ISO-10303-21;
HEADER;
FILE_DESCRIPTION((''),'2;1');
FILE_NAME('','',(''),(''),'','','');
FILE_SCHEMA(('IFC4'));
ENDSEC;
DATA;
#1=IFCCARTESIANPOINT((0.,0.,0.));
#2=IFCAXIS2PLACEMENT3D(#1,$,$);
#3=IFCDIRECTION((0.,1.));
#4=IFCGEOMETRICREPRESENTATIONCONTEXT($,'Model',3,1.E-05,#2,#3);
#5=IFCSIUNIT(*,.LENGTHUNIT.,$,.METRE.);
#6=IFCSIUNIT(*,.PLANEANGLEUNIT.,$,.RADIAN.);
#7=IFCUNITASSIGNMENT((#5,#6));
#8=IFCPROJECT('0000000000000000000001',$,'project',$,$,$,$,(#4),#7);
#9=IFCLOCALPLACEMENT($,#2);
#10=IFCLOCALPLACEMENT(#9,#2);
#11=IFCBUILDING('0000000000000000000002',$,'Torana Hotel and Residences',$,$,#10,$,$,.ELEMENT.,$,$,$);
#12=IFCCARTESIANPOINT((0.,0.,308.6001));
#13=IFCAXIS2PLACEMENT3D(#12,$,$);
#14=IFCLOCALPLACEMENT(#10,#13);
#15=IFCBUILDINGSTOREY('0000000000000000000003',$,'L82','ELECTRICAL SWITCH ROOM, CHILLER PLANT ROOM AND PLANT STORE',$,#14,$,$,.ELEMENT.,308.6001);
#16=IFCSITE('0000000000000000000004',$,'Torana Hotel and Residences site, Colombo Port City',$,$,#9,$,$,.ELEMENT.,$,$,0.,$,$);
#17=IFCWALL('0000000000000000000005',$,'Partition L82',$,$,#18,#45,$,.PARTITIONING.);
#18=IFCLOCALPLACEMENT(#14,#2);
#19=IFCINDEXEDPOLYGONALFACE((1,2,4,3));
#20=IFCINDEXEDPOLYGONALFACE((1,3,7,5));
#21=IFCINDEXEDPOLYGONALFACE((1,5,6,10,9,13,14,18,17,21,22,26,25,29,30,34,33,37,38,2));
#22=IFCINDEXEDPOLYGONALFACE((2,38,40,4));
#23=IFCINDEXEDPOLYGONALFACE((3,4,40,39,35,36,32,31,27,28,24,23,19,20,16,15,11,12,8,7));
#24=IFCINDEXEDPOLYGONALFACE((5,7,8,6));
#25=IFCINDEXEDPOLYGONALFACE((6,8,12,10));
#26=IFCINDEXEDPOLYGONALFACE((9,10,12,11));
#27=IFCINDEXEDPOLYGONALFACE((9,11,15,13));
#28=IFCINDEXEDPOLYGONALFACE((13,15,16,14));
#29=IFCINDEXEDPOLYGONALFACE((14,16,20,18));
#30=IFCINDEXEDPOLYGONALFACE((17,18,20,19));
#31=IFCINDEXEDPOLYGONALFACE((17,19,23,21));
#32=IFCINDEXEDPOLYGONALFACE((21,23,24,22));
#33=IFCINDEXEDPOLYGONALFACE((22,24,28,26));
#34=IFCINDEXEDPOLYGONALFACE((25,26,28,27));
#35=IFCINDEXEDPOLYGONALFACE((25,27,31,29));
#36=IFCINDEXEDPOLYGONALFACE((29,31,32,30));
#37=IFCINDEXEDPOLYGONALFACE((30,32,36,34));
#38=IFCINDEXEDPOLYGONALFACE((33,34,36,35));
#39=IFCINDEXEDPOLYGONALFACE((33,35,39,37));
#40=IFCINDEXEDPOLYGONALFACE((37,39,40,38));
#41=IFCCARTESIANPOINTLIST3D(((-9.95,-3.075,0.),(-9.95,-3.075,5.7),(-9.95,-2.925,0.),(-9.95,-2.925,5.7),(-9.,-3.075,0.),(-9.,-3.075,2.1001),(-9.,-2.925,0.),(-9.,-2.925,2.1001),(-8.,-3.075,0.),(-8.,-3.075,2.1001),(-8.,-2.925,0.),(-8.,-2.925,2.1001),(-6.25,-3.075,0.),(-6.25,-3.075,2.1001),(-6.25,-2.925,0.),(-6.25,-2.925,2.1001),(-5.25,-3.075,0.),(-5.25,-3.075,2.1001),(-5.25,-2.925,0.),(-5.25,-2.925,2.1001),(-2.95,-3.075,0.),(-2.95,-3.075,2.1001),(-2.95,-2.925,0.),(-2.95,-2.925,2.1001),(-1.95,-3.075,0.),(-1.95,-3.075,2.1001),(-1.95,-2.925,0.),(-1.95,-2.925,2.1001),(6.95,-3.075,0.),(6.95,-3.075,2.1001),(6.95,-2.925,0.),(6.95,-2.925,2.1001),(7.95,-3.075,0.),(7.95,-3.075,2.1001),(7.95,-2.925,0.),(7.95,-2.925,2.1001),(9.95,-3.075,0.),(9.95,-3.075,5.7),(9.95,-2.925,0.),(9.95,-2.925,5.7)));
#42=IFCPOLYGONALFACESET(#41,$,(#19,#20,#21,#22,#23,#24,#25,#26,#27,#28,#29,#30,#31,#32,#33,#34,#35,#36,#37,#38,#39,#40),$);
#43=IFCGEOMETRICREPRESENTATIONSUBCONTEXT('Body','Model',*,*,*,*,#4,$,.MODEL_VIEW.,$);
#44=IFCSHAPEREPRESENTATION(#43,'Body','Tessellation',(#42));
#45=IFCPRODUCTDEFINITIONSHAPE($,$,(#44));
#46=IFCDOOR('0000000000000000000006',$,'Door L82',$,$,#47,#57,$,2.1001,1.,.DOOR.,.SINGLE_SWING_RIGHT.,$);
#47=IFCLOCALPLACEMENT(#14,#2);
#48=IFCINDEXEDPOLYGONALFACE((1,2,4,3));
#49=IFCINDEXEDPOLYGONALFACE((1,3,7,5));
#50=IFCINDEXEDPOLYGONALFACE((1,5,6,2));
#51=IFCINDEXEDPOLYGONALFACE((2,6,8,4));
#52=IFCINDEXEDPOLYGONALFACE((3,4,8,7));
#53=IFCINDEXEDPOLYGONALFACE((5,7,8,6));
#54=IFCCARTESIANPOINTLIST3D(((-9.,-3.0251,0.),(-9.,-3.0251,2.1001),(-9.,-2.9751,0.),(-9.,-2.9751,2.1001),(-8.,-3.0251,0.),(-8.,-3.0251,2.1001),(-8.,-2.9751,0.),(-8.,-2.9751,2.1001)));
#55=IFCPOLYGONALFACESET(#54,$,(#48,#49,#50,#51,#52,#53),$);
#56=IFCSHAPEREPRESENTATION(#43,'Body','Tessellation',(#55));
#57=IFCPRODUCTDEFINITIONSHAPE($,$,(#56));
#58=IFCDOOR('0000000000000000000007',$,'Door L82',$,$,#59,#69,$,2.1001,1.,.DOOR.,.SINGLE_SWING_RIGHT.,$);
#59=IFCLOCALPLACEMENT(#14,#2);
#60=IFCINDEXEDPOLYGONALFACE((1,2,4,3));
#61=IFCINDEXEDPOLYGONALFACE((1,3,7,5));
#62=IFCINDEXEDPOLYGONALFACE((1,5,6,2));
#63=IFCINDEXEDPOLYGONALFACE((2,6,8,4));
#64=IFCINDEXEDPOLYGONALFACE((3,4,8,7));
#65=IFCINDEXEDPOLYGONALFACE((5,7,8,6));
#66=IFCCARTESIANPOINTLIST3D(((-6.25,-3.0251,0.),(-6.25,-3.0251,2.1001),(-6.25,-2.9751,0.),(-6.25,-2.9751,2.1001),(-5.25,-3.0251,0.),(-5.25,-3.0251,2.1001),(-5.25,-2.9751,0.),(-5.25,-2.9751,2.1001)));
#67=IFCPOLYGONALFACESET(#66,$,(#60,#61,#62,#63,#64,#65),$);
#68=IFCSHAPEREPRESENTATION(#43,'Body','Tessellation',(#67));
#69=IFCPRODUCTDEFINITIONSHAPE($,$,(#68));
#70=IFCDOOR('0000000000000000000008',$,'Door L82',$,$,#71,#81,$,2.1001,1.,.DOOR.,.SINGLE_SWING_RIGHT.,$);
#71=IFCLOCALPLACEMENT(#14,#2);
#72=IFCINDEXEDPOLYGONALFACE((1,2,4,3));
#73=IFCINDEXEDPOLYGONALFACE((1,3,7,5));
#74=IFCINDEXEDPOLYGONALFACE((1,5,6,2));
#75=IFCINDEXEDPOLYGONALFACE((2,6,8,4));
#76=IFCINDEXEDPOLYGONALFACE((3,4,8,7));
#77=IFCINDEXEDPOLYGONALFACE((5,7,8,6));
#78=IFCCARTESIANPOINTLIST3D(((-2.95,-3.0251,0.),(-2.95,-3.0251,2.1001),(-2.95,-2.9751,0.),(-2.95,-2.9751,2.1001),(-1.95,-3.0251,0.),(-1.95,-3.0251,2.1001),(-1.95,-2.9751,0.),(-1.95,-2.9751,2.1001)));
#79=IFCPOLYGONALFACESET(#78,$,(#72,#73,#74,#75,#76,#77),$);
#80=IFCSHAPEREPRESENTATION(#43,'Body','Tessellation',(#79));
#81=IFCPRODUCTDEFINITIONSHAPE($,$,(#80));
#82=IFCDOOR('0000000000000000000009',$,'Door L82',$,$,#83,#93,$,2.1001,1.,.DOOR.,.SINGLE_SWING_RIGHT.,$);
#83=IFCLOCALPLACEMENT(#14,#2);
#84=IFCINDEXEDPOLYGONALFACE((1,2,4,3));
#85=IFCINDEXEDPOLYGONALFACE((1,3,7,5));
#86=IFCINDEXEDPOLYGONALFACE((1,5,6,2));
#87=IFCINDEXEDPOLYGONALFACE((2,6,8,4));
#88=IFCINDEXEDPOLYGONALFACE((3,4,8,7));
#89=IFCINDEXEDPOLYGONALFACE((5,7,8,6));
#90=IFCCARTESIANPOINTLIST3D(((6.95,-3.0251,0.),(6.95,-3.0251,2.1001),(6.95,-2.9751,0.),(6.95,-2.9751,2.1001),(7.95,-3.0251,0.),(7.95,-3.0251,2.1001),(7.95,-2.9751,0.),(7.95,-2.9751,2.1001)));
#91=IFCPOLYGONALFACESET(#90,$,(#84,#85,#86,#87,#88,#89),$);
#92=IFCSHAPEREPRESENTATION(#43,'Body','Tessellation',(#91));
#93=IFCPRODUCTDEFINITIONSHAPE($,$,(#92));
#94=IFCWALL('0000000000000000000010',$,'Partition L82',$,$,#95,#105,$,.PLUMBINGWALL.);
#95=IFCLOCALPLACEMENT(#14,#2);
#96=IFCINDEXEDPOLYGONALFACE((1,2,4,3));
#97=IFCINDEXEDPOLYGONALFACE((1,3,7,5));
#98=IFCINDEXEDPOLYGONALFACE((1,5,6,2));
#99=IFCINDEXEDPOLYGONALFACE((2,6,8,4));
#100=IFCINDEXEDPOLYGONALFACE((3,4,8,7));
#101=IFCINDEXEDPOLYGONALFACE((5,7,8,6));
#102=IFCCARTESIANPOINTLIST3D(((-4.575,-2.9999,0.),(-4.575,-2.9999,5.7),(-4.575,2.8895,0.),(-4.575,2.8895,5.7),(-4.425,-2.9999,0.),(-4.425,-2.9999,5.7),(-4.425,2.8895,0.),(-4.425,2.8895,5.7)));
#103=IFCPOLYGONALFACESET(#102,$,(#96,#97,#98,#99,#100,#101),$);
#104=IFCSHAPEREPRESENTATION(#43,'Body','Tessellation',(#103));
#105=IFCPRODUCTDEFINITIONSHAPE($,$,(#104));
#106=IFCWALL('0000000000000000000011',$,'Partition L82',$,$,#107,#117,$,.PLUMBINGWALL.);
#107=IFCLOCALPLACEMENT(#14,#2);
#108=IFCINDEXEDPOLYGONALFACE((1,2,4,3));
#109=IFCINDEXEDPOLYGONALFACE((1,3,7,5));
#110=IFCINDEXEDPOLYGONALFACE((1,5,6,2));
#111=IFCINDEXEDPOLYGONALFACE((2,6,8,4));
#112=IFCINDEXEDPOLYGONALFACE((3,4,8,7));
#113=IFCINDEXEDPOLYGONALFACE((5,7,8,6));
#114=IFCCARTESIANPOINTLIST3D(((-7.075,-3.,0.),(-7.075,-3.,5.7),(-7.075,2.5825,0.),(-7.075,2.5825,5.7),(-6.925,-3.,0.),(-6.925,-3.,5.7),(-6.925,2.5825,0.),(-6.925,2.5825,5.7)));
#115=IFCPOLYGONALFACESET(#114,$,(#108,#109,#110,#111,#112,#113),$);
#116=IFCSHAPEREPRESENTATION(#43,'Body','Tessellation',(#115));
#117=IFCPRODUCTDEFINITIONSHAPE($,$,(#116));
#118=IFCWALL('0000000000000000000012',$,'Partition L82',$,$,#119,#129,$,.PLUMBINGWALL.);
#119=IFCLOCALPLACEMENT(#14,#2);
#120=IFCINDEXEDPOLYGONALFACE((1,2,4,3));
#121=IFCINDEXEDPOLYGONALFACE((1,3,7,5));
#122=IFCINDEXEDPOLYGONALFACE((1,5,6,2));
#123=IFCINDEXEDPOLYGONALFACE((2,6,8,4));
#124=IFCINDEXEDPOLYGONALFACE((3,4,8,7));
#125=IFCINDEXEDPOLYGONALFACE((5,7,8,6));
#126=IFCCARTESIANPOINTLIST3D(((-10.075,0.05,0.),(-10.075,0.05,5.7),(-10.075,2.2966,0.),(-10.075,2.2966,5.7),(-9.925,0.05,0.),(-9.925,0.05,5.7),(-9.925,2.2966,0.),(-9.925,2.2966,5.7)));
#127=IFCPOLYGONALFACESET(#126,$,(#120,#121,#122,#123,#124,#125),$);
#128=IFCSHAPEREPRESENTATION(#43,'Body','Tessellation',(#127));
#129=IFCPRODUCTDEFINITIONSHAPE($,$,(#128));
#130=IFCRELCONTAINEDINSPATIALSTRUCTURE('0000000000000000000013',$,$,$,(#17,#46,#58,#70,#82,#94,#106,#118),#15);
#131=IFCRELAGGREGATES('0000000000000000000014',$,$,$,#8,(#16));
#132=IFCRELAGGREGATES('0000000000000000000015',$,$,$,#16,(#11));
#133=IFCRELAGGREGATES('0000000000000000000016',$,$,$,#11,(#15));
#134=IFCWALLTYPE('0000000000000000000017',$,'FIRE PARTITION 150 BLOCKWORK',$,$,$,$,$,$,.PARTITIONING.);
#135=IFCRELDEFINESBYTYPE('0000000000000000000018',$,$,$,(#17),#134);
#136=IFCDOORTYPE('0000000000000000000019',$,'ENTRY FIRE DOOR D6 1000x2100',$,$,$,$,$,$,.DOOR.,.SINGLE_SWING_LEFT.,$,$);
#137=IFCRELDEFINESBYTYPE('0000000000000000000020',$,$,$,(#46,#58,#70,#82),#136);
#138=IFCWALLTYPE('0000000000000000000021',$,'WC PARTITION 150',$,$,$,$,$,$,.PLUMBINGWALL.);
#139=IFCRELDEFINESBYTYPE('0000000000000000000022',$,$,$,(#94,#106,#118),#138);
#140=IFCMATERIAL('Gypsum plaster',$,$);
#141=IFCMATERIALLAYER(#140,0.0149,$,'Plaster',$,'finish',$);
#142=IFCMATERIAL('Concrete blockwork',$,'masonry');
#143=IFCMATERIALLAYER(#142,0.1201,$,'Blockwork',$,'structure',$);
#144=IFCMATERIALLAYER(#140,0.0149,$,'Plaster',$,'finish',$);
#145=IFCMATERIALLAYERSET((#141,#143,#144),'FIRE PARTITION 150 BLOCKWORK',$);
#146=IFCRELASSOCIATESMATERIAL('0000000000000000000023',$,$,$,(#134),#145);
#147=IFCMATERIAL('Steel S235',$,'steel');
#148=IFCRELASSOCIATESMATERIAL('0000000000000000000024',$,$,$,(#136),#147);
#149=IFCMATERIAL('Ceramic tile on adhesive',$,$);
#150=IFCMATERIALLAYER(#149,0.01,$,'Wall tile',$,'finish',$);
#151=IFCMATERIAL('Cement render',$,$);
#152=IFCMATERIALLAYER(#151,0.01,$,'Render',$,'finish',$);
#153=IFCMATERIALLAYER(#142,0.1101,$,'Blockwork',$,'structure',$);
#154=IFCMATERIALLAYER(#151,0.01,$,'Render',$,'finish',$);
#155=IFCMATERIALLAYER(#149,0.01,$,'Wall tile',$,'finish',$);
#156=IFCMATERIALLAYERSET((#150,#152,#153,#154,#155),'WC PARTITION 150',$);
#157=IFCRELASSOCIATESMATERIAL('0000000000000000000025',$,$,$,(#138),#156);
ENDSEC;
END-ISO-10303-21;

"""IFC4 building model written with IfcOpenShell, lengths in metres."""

from ifc_helpers import new_model, si_unit, direction, frame, frame_2d, origin, place, context, subcontext, project, spatial, rectangle, extrude, material, layer, layer_set, type_object, element, fill, save


model = new_model("IFC4")

# Units and contexts
model_context = context("Model", 3, precision=1e-05, world=origin(), true_north=direction((0.0, 1.0)))
body_context = subcontext(model_context, "Body", "Model", "MODEL_VIEW")
ifc_project = project(units=[si_unit("LENGTHUNIT", "METRE"), si_unit("PLANEANGLEUNIT", "RADIAN")], contexts=[model_context])

# Site, building, storey
site_placement = place(None, origin())
site = spatial("IfcSite", under=ifc_project, at=site_placement, Name="Torana Hotel and Residences site, Colombo Port City", CompositionType="ELEMENT", RefElevation=0.0)
building_placement = place(site_placement, origin())
building = spatial("IfcBuilding", under=site, at=building_placement, Name="Torana Hotel and Residences", CompositionType="ELEMENT")
storey_placement = place(building_placement, frame((0.0, 0.0, 308.6001)))
storey = spatial("IfcBuildingStorey", under=building, at=storey_placement, Name="L82", Description="ELECTRICAL SWITCH ROOM, CHILLER PLANT ROOM AND PLANT STORE", CompositionType="ELEMENT", Elevation=308.6001)

# Wall, openings, doors
ifc_material_1 = material(Name="Gypsum plaster")
ifc_layer_1 = layer(ifc_material_1, 0.0149, Name="Plaster", Category="finish")
ifc_material_2 = material(Name="Concrete blockwork", Category="masonry")
ifc_layer_2 = layer(ifc_material_2, 0.1201, Name="Blockwork", Category="structure")
ifc_layer_3 = layer(ifc_material_1, 0.0149, Name="Plaster", Category="finish")
ifc_layer_set_1 = layer_set([ifc_layer_1, ifc_layer_2, ifc_layer_3], Name="FIRE PARTITION 150 BLOCKWORK")
wall_type_1 = type_object("IfcWallType", Name="FIRE PARTITION 150 BLOCKWORK", PredefinedType="PARTITIONING", material=ifc_layer_set_1)
ifc_material_3 = material(Name="Steel S235", Category="steel")
door_type = type_object("IfcDoorType", Name="ENTRY FIRE DOOR D6 1000x2100", OperationType="SINGLE_SWING_LEFT", PredefinedType="DOOR", material=ifc_material_3)
wall_1_placement = place(storey_placement, frame((-9.95, -3.0, 0.0), z_axis=(0.0, 0.0, 1.0), x_axis=(1.0, 0.0, 0.0)))
wall_1 = element("IfcWall", 1, at=wall_1_placement, inside=storey, type_object=wall_type_1, Name="Partition L82", PredefinedType="PARTITIONING", context=body_context, shape_type="SweptSolid", body=[
    extrude(rectangle(XDim=19.8999, YDim=0.1499, at=frame_2d((9.95, 0.0))), origin(), (0.0, 0.0, 1.0), 5.7),
])
opening_1_placement = place(wall_1_placement, frame((0.95, 0.0, 0.0)))
opening_1 = element("IfcOpeningElement", 2, at=opening_1_placement, cuts=wall_1, PredefinedType="OPENING", context=body_context, shape_type="SweptSolid", body=[
    extrude(rectangle(XDim=1.0, YDim=2.1001, at=frame_2d((0.5, 1.05))), frame((0.0, 0.085, 0.0), z_axis=(0.0, -1.0, 0.0), x_axis=(1.0, 0.0, 0.0)), (0.0, 0.0, 1.0), 0.1699),
])
opening_2_placement = place(wall_1_placement, frame((3.7, 0.0, 0.0)))
opening_2 = element("IfcOpeningElement", 3, at=opening_2_placement, cuts=wall_1, PredefinedType="OPENING", context=body_context, shape_type="SweptSolid", body=[
    extrude(rectangle(XDim=1.0, YDim=2.1001, at=frame_2d((0.5, 1.05))), frame((0.0, 0.085, 0.0), z_axis=(0.0, -1.0, 0.0), x_axis=(1.0, 0.0, 0.0)), (0.0, 0.0, 1.0), 0.1699),
])
opening_3_placement = place(wall_1_placement, frame((7.0, 0.0, 0.0)))
opening_3 = element("IfcOpeningElement", 4, at=opening_3_placement, cuts=wall_1, PredefinedType="OPENING", context=body_context, shape_type="SweptSolid", body=[
    extrude(rectangle(XDim=1.0, YDim=2.1001, at=frame_2d((0.5, 1.05))), frame((0.0, 0.085, 0.0), z_axis=(0.0, -1.0, 0.0), x_axis=(1.0, 0.0, 0.0)), (0.0, 0.0, 1.0), 0.1699),
])
opening_4_placement = place(wall_1_placement, frame((16.8999, 0.0, 0.0)))
opening_4 = element("IfcOpeningElement", 5, at=opening_4_placement, cuts=wall_1, PredefinedType="OPENING", context=body_context, shape_type="SweptSolid", body=[
    extrude(rectangle(XDim=1.0, YDim=2.1001, at=frame_2d((0.5, 1.05))), frame((0.0, 0.085, 0.0), z_axis=(0.0, -1.0, 0.0), x_axis=(1.0, 0.0, 0.0)), (0.0, 0.0, 1.0), 0.1699),
])
door_1_placement = place(opening_1_placement, origin())
door_1 = element("IfcDoor", 6, at=door_1_placement, inside=storey, type_object=door_type, Name="Door L82", OperationType="SINGLE_SWING_RIGHT", OverallHeight=2.1001, OverallWidth=1.0, PredefinedType="DOOR", context=body_context, shape_type="SweptSolid", body=[
    extrude(rectangle(XDim=1.0, YDim=2.1001, at=frame_2d((0.5, 1.05))), frame((0.0, 0.0249, 0.0), z_axis=(0.0, -1.0, 0.0), x_axis=(1.0, 0.0, 0.0)), (0.0, 0.0, 1.0), 0.05),
])
fill(opening_1, door_1)
door_2_placement = place(opening_2_placement, origin())
door_2 = element("IfcDoor", 7, at=door_2_placement, inside=storey, type_object=door_type, Name="Door L82", OperationType="SINGLE_SWING_RIGHT", OverallHeight=2.1001, OverallWidth=1.0, PredefinedType="DOOR", context=body_context, shape_type="SweptSolid", body=[
    extrude(rectangle(XDim=1.0, YDim=2.1001, at=frame_2d((0.5, 1.05))), frame((0.0, 0.0249, 0.0), z_axis=(0.0, -1.0, 0.0), x_axis=(1.0, 0.0, 0.0)), (0.0, 0.0, 1.0), 0.05),
])
fill(opening_2, door_2)
door_3_placement = place(opening_3_placement, origin())
door_3 = element("IfcDoor", 8, at=door_3_placement, inside=storey, type_object=door_type, Name="Door L82", OperationType="SINGLE_SWING_RIGHT", OverallHeight=2.1001, OverallWidth=1.0, PredefinedType="DOOR", context=body_context, shape_type="SweptSolid", body=[
    extrude(rectangle(XDim=1.0, YDim=2.1001, at=frame_2d((0.5, 1.05))), frame((0.0, 0.0249, 0.0), z_axis=(0.0, -1.0, 0.0), x_axis=(1.0, 0.0, 0.0)), (0.0, 0.0, 1.0), 0.05),
])
fill(opening_3, door_3)
door_4_placement = place(opening_4_placement, origin())
door_4 = element("IfcDoor", 9, at=door_4_placement, inside=storey, type_object=door_type, Name="Door L82", OperationType="SINGLE_SWING_RIGHT", OverallHeight=2.1001, OverallWidth=1.0, PredefinedType="DOOR", context=body_context, shape_type="SweptSolid", body=[
    extrude(rectangle(XDim=1.0, YDim=2.1001, at=frame_2d((0.5, 1.05))), frame((0.0, 0.0249, 0.0), z_axis=(0.0, -1.0, 0.0), x_axis=(1.0, 0.0, 0.0)), (0.0, 0.0, 1.0), 0.05),
])
fill(opening_4, door_4)

# Walls
ifc_material_4 = material(Name="Ceramic tile on adhesive")
ifc_layer_4 = layer(ifc_material_4, 0.01, Name="Wall tile", Category="finish")
ifc_material_5 = material(Name="Cement render")
ifc_layer_5 = layer(ifc_material_5, 0.01, Name="Render", Category="finish")
ifc_layer_6 = layer(ifc_material_2, 0.1101, Name="Blockwork", Category="structure")
ifc_layer_7 = layer(ifc_material_5, 0.01, Name="Render", Category="finish")
ifc_layer_8 = layer(ifc_material_4, 0.01, Name="Wall tile", Category="finish")
ifc_layer_set_2 = layer_set([ifc_layer_4, ifc_layer_5, ifc_layer_6, ifc_layer_7, ifc_layer_8], Name="WC PARTITION 150")
wall_type_2 = type_object("IfcWallType", Name="WC PARTITION 150", PredefinedType="PLUMBINGWALL", material=ifc_layer_set_2)
wall_2_placement = place(storey_placement, frame((-4.5, -3.0, 0.0), z_axis=(0.0, 0.0, 1.0), x_axis=(0.0, 1.0, 0.0)))
element("IfcWall", 10, at=wall_2_placement, inside=storey, type_object=wall_type_2, Name="Partition L82", PredefinedType="PLUMBINGWALL", context=body_context, shape_type="SweptSolid", body=[
    extrude(rectangle(XDim=5.8894, YDim=0.1499, at=frame_2d((2.9448, 0.0))), origin(), (0.0, 0.0, 1.0), 5.7),
])
wall_3_placement = place(storey_placement, frame((-7.0, -3.0, 0.0), z_axis=(0.0, 0.0, 1.0), x_axis=(0.0, 1.0, 0.0)))
element("IfcWall", 11, at=wall_3_placement, inside=storey, type_object=wall_type_2, Name="Partition L82", PredefinedType="PLUMBINGWALL", context=body_context, shape_type="SweptSolid", body=[
    extrude(rectangle(XDim=5.5825, YDim=0.1499, at=frame_2d((2.7913, 0.0))), origin(), (0.0, 0.0, 1.0), 5.7),
])
wall_4_placement = place(storey_placement, frame((-10.0, 0.05, 0.0), z_axis=(0.0, 0.0, 1.0), x_axis=(0.0, 1.0, 0.0)))
element("IfcWall", 12, at=wall_4_placement, inside=storey, type_object=wall_type_2, Name="Partition L82", PredefinedType="PLUMBINGWALL", context=body_context, shape_type="SweptSolid", body=[
    extrude(rectangle(XDim=2.2466, YDim=0.1499, at=frame_2d((1.1233, 0.0))), origin(), (0.0, 0.0, 1.0), 5.7),
])

save(model, "model.ifc")
